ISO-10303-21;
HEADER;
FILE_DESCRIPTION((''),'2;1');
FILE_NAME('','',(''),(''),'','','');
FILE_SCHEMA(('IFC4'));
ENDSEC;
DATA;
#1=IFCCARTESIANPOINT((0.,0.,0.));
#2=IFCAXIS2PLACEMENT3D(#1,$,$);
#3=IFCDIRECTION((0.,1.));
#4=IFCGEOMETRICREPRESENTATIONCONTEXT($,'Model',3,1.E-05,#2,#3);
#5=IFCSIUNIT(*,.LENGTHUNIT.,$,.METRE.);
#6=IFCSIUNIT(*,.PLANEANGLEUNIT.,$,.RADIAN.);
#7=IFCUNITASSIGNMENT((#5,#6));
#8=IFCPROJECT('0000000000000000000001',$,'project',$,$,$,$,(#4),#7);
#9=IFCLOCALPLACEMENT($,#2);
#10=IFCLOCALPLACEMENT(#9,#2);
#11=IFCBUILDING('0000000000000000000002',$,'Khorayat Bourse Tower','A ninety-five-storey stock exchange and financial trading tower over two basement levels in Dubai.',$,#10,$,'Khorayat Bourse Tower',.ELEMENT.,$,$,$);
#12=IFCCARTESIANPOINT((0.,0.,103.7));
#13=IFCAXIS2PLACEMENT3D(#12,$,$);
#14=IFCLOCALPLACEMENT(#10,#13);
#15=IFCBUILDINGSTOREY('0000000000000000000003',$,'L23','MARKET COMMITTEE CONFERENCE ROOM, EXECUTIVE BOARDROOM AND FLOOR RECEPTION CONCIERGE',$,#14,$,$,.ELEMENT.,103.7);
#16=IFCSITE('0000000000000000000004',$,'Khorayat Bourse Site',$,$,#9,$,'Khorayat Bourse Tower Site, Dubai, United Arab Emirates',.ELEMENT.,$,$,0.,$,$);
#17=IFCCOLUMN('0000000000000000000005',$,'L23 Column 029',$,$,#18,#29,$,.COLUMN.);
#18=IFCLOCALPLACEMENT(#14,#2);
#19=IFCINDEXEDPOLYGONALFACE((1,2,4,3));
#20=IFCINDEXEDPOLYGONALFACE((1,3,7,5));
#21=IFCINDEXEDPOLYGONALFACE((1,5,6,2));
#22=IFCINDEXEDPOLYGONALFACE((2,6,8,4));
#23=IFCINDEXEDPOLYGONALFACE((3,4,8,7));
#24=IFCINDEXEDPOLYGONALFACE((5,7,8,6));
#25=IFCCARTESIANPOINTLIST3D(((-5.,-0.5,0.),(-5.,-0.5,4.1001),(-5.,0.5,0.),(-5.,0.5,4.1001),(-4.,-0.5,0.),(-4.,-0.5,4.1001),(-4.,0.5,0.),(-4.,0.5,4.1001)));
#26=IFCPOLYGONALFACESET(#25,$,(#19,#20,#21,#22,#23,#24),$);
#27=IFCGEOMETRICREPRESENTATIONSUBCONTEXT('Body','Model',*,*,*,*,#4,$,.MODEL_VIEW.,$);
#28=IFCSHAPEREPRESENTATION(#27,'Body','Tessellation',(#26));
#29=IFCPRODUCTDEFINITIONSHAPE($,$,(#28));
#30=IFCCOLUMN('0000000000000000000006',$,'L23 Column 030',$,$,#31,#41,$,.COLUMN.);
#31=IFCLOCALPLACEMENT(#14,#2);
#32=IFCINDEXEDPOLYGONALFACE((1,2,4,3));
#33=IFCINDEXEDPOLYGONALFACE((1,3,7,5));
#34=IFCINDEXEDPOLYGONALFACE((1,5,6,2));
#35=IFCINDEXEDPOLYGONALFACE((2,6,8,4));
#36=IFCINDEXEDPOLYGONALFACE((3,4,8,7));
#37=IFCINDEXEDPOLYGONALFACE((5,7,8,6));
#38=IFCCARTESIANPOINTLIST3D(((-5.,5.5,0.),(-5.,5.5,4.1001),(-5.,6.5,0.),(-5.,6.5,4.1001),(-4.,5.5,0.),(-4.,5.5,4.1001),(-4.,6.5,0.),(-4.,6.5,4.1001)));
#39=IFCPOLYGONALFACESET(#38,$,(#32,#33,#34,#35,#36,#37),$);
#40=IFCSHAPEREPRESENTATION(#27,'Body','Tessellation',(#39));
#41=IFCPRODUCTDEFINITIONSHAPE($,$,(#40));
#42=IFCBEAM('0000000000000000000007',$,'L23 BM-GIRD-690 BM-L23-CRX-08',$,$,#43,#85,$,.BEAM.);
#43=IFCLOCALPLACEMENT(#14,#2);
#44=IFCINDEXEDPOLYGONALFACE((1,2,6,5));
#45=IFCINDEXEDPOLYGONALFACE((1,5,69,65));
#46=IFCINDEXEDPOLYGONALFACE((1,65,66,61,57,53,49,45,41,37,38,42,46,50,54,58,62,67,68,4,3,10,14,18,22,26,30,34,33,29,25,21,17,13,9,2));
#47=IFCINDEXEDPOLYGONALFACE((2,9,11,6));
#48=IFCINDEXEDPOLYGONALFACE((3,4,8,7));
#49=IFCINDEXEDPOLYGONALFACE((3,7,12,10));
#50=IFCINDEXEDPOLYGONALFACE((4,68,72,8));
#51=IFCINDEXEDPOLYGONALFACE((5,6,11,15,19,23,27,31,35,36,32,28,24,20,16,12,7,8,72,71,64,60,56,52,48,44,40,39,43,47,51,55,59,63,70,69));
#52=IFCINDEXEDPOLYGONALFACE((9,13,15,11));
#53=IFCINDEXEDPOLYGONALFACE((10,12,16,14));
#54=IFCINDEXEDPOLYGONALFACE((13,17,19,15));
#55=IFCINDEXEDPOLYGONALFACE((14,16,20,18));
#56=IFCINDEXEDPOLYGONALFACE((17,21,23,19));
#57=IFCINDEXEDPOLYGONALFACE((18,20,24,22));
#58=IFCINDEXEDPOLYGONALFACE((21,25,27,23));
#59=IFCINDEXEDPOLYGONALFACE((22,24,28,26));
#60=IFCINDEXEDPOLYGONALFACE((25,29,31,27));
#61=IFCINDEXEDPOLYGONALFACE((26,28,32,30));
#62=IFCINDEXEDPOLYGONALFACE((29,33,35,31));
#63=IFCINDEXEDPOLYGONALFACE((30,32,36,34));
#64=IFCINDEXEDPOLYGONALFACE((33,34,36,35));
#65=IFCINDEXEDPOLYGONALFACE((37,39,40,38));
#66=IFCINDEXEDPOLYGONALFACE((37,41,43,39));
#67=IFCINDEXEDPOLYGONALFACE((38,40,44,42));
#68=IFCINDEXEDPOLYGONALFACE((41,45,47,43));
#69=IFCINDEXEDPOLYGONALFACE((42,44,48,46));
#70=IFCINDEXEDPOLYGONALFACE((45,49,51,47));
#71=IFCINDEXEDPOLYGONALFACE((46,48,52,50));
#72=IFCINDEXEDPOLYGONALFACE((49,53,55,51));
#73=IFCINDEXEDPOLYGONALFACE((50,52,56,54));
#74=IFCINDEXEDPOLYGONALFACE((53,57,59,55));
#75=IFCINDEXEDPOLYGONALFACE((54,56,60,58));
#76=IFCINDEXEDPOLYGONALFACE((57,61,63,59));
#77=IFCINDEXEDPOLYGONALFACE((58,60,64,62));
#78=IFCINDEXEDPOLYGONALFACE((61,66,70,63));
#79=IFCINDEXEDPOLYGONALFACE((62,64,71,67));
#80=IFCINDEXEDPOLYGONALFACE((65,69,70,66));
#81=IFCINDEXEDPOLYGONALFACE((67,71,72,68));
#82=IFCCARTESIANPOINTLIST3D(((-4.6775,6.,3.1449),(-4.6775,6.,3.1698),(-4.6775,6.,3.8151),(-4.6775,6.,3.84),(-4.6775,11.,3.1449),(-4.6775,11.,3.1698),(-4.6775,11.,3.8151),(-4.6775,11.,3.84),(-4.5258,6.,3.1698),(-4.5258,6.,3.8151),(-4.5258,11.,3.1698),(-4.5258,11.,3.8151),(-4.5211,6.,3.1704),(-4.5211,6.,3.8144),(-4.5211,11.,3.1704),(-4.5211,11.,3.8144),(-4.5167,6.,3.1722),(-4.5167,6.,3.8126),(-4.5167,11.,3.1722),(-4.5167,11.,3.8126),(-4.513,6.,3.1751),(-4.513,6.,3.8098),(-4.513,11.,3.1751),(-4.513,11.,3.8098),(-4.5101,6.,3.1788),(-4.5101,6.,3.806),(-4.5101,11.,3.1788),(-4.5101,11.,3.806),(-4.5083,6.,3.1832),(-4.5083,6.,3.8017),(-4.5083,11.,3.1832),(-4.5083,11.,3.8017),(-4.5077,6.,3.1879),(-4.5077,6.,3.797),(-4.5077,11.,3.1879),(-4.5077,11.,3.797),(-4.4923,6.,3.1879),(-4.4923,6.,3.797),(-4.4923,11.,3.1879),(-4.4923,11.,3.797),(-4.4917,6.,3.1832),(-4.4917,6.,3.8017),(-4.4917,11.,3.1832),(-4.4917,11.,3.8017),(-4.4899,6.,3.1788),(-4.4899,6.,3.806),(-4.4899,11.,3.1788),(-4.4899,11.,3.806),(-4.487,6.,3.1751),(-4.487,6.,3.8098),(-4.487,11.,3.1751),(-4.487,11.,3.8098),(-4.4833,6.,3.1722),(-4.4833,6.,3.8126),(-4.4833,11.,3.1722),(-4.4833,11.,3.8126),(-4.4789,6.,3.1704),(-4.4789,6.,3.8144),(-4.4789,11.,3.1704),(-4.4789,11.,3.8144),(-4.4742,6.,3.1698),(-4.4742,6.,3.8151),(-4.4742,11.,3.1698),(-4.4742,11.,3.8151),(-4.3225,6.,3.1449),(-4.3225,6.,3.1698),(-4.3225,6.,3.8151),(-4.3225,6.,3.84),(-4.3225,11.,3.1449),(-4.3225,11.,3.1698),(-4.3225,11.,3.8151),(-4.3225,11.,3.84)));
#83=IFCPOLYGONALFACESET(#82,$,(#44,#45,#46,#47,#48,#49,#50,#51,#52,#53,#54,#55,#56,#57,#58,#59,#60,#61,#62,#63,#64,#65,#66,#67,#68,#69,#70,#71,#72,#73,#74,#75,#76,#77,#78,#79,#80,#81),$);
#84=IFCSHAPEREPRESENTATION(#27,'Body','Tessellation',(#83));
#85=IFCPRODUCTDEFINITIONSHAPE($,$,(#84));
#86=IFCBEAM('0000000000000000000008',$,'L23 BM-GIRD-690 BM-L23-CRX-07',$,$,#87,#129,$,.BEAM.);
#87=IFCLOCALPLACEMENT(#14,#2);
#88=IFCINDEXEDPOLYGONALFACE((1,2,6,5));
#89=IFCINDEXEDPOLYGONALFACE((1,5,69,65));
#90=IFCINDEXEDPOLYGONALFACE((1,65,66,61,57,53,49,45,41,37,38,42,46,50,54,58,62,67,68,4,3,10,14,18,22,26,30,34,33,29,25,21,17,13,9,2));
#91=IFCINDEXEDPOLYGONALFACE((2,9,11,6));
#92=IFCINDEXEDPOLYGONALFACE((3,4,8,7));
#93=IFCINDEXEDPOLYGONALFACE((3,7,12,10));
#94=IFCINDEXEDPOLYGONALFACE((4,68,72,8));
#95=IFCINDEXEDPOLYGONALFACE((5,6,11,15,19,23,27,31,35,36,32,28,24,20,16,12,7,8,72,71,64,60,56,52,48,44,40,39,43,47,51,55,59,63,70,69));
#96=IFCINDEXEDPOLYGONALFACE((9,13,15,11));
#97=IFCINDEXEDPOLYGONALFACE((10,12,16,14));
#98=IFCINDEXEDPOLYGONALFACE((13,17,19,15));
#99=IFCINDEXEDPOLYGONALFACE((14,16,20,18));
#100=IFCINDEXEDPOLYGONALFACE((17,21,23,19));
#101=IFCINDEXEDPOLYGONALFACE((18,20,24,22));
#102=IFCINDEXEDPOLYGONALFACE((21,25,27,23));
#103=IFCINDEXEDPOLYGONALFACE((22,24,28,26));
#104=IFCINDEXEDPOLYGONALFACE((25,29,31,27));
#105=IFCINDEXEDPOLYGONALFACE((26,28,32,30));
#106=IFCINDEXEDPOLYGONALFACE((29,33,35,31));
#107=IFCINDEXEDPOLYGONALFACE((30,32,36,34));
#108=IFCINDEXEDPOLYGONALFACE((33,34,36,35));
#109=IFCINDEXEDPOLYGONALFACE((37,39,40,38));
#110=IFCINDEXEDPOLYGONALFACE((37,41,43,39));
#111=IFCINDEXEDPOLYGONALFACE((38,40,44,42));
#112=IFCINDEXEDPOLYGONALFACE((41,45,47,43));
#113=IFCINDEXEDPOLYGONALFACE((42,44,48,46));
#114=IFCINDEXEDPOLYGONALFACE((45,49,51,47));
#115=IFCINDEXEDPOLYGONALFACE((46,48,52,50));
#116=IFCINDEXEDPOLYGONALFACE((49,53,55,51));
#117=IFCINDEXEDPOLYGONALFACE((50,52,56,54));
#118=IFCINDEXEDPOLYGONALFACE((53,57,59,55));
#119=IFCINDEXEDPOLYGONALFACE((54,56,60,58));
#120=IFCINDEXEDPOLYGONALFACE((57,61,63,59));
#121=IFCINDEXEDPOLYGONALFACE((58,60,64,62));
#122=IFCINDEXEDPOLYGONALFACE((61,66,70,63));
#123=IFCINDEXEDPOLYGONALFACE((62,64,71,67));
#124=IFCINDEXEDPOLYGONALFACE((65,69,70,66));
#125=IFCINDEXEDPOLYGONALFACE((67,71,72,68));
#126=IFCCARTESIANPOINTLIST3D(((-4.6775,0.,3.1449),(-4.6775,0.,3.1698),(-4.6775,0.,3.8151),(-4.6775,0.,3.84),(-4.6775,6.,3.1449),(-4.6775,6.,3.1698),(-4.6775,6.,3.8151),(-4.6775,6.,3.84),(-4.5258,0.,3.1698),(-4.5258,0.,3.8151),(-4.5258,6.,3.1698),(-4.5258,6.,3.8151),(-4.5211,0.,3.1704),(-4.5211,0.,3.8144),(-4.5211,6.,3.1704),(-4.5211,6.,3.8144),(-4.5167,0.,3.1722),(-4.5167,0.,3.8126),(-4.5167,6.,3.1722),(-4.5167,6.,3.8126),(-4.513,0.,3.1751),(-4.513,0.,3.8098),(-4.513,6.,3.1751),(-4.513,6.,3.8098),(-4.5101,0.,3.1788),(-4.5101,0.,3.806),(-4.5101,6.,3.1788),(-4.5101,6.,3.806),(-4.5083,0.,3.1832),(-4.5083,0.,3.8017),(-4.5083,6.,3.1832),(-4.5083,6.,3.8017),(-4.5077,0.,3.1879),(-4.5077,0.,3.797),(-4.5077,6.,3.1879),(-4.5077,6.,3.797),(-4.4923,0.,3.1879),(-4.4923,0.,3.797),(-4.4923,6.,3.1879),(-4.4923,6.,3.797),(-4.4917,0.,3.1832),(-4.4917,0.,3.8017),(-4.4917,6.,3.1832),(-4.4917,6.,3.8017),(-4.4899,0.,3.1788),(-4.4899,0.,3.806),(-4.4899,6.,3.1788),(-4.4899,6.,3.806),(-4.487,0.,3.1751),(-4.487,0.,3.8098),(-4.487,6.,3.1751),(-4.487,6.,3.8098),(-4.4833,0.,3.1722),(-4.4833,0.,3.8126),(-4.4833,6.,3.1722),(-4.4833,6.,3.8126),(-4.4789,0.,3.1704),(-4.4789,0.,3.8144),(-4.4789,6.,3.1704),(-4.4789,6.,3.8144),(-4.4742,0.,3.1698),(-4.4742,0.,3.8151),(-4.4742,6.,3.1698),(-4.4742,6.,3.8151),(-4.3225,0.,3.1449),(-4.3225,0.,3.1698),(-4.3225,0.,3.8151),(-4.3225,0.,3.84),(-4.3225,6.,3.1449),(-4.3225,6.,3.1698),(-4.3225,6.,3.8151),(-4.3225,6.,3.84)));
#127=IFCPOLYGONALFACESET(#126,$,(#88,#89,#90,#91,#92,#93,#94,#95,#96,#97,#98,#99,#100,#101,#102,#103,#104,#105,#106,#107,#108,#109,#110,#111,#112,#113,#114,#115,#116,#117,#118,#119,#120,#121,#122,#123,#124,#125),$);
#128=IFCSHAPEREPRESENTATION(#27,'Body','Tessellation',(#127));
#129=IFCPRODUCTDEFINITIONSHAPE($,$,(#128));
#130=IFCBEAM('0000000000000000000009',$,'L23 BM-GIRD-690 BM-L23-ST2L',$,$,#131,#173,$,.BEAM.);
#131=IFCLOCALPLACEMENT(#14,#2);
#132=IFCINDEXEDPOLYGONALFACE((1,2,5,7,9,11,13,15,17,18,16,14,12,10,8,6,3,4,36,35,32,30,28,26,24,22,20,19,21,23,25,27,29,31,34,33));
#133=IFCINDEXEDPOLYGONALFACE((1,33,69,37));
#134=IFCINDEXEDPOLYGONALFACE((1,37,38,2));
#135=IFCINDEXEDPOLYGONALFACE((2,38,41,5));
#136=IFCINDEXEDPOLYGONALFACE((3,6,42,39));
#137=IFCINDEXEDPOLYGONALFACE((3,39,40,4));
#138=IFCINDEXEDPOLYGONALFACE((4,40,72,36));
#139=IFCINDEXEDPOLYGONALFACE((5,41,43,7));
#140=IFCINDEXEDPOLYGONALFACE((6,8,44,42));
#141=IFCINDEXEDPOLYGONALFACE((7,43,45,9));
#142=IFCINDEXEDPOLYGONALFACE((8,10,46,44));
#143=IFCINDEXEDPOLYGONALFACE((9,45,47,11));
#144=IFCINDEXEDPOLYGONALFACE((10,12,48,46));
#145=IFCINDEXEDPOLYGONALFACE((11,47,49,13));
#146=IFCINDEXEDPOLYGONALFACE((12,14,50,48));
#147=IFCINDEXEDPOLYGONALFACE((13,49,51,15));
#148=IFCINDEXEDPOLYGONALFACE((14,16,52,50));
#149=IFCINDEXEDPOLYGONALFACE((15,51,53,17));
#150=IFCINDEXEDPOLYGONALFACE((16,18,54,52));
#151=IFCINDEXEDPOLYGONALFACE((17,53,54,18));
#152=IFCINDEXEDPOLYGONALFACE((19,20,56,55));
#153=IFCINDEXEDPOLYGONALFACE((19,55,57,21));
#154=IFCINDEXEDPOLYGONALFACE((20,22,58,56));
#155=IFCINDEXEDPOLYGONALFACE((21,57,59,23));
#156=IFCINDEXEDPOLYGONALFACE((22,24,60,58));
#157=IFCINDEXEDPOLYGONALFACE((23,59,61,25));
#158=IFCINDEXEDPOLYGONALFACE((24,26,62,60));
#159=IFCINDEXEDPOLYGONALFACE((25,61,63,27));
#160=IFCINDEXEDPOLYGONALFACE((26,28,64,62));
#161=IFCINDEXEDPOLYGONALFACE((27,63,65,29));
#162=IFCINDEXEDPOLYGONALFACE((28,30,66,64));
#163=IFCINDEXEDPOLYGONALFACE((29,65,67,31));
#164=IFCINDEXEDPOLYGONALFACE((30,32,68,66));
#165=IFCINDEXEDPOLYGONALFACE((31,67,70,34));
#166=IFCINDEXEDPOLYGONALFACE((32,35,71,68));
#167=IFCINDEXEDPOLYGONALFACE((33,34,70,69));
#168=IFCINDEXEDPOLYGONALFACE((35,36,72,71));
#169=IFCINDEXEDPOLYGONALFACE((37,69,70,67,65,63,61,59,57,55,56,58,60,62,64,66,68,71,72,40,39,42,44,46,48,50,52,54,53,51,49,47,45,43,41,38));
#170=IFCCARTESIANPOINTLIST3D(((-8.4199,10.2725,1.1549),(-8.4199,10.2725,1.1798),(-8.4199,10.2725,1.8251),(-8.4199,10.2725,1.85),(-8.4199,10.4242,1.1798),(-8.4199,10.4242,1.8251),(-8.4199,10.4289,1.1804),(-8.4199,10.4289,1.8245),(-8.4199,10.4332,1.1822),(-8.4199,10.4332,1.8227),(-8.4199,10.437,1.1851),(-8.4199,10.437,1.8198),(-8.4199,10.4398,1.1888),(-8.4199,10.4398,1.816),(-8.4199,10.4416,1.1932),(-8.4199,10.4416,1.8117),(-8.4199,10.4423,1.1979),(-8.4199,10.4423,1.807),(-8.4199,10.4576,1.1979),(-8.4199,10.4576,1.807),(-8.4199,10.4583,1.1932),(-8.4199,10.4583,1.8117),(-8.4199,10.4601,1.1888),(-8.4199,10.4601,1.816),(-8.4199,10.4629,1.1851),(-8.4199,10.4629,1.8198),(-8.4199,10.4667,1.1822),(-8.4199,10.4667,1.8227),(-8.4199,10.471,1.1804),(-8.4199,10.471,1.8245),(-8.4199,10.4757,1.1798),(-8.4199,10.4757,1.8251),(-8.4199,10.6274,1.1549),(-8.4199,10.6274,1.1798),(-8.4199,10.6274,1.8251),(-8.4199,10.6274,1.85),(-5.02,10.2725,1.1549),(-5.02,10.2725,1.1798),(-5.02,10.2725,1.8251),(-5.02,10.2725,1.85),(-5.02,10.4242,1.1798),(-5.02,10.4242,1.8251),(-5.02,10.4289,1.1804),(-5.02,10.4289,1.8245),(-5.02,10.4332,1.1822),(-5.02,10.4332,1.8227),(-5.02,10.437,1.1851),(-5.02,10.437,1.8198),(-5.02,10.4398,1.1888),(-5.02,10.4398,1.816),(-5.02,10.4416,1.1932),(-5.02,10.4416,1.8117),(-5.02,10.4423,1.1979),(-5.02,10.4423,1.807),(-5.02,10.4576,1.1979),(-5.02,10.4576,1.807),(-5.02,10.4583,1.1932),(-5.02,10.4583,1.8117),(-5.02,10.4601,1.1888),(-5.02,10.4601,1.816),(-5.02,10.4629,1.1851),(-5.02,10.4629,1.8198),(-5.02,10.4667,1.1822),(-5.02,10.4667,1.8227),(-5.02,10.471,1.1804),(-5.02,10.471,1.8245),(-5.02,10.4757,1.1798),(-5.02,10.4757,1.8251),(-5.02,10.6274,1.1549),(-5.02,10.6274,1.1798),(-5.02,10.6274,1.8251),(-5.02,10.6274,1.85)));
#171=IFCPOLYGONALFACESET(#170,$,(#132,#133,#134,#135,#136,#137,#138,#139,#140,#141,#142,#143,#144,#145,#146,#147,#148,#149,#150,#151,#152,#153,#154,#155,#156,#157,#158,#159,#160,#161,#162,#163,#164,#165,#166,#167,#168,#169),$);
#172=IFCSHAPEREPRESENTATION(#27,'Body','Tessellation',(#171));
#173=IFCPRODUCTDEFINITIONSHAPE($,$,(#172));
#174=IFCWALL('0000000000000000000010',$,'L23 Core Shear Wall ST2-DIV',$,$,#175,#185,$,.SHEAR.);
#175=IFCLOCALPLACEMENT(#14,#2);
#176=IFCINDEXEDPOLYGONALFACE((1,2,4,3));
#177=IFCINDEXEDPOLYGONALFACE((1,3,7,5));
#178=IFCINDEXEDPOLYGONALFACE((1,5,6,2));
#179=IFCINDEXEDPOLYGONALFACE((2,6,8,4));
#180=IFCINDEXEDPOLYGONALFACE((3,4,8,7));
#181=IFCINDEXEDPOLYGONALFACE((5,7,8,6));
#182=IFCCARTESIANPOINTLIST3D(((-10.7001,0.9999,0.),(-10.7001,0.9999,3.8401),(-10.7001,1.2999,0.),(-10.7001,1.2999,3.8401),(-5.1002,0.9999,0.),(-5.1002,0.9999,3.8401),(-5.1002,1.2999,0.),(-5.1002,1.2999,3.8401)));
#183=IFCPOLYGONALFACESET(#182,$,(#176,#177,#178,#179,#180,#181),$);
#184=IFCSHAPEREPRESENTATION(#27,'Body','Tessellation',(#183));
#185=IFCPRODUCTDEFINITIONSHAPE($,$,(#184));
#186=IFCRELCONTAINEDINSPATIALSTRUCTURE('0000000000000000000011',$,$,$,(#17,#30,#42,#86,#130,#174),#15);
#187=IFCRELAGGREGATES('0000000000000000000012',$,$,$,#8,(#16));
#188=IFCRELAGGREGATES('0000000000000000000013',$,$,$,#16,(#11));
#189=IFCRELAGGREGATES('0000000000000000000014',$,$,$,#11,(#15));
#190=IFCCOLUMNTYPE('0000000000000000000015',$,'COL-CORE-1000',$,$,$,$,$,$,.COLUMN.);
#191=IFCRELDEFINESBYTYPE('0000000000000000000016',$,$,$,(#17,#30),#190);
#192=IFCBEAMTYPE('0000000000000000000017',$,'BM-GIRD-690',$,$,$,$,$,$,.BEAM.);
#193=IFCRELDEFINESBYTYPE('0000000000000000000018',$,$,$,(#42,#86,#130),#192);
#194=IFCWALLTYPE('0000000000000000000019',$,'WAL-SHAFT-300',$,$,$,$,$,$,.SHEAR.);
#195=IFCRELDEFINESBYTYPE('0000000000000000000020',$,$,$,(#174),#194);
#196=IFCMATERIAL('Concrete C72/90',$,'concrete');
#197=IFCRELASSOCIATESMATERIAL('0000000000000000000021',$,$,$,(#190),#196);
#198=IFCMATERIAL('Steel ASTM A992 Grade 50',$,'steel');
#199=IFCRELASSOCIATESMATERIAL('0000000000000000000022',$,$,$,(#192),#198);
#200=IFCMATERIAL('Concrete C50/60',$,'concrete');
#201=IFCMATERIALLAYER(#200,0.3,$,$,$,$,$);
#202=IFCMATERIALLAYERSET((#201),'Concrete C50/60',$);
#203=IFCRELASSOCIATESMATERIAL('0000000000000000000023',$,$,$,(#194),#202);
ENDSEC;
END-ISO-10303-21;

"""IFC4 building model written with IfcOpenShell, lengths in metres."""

from ifc_helpers import new_model, si_unit, direction, frame, frame_2d, origin, origin_2d, place, context, subcontext, project, spatial, rectangle, i_section, extrude, source, transform, mapped, material, layer, layer_set, material_profile, profile_set, type_object, element, save


model = new_model("IFC4")

# Units and contexts
model_context = context("Model", 3, precision=1e-05, world=origin(), true_north=direction((0.0, 1.0)))
body_context = subcontext(model_context, "Body", "Model", "MODEL_VIEW")
ifc_project = project(units=[si_unit("LENGTHUNIT", "METRE"), si_unit("PLANEANGLEUNIT", "RADIAN")], contexts=[model_context])

# Site, building, storey
site_placement = place(None, origin())
site = spatial("IfcSite", under=ifc_project, at=site_placement, Name="Khorayat Bourse Site", LongName="Khorayat Bourse Tower Site, Dubai, United Arab Emirates", CompositionType="ELEMENT", RefElevation=0.0)
building_placement = place(site_placement, origin())
building = spatial("IfcBuilding", under=site, at=building_placement, Name="Khorayat Bourse Tower", Description="A ninety-five-storey stock exchange and financial trading tower over two basement levels in Dubai.", LongName="Khorayat Bourse Tower", CompositionType="ELEMENT")
storey_placement = place(building_placement, frame((0.0, 0.0, 103.7)))
storey = spatial("IfcBuildingStorey", under=building, at=storey_placement, Name="L23", Description="MARKET COMMITTEE CONFERENCE ROOM, EXECUTIVE BOARDROOM AND FLOOR RECEPTION CONCIERGE", CompositionType="ELEMENT", Elevation=103.7)

# Columns
ifc_material_1 = material(Name="Concrete C72/90", Category="concrete")
ifc_material_profile_1 = material_profile(ifc_material_1, rectangle(XDim=1.0, YDim=1.0, at=origin_2d()), Name="RC 1000x1000")
ifc_profile_set_1 = profile_set([ifc_material_profile_1], Name="Concrete C72/90")
column_type = type_object("IfcColumnType", Name="COL-CORE-1000", PredefinedType="COLUMN", material=ifc_profile_set_1)
shared_shape_1 = source(origin(), body_context, "Body", "SweptSolid", [
    extrude(rectangle(XDim=1.0, YDim=1.0, at=origin_2d()), origin(), (0.0, 0.0, 1.0), 4.1001),
])
for number, where, z_axis, x_axis, name in (
    (1, (-4.5, 0.0, 0.0), (0.0, 0.0, 1.0), (1.0, 0.0, 0.0), "L23 Column 029"),
    (2, (-4.5, 6.0, 0.0), (0.0, 0.0, 1.0), (1.0, 0.0, 0.0), "L23 Column 030"),
):
    element("IfcColumn", number, at=place(storey_placement, frame(where, z_axis=z_axis, x_axis=x_axis)), inside=storey, type_object=column_type, Name=name, PredefinedType="COLUMN", context=body_context, shape_type="MappedRepresentation", body=[
        mapped(shared_shape_1, transform((0.0, 0.0, 0.0), scale=1.0)),
    ])

# Beams
ifc_material_2 = material(Name="Steel ASTM A992 Grade 50", Category="steel")
ifc_material_profile_2 = material_profile(ifc_material_2, i_section(OverallWidth=0.355, OverallDepth=0.6951, WebThickness=0.0154, FlangeThickness=0.0249, FilletRadius=0.0181, at=origin_2d()), Name="W690X217")
ifc_profile_set_2 = profile_set([ifc_material_profile_2], Name="Steel ASTM A992 Grade 50")
beam_type = type_object("IfcBeamType", Name="BM-GIRD-690", PredefinedType="BEAM", material=ifc_profile_set_2)
shared_shape_2 = source(origin(), body_context, "Body", "SweptSolid", [
    extrude(i_section(OverallWidth=0.355, OverallDepth=0.6951, WebThickness=0.0154, FlangeThickness=0.0249, FilletRadius=0.0181, at=origin_2d()), origin(), (0.0, 0.0, 1.0), 5.0),
])
beam_1_placement = place(storey_placement, frame((-4.5, 6.0, 3.4924), z_axis=(0.0, 1.0, 0.0), x_axis=(-1.0, 0.0, 0.0)))
element("IfcBeam", 3, at=beam_1_placement, inside=storey, type_object=beam_type, Name="L23 BM-GIRD-690 BM-L23-CRX-08", PredefinedType="BEAM", context=body_context, shape_type="MappedRepresentation", body=[
    mapped(shared_shape_2, transform((0.0, 0.0, 0.0), scale=1.0)),
])
shared_shape_3 = source(origin(), body_context, "Body", "SweptSolid", [
    extrude(i_section(OverallWidth=0.355, OverallDepth=0.6951, WebThickness=0.0154, FlangeThickness=0.0249, FilletRadius=0.0181, at=origin_2d()), origin(), (0.0, 0.0, 1.0), 6.0),
])
beam_2_placement = place(storey_placement, frame((-4.5, 0.0, 3.4924), z_axis=(0.0, 1.0, 0.0), x_axis=(-1.0, 0.0, 0.0)))
element("IfcBeam", 4, at=beam_2_placement, inside=storey, type_object=beam_type, Name="L23 BM-GIRD-690 BM-L23-CRX-07", PredefinedType="BEAM", context=body_context, shape_type="MappedRepresentation", body=[
    mapped(shared_shape_3, transform((0.0, 0.0, 0.0), scale=1.0)),
])
shared_shape_4 = source(origin(), body_context, "Body", "SweptSolid", [
    extrude(i_section(OverallWidth=0.355, OverallDepth=0.6951, WebThickness=0.0154, FlangeThickness=0.0249, FilletRadius=0.0181, at=origin_2d()), origin(), (0.0, 0.0, 1.0), 3.3999),
])
beam_3_placement = place(storey_placement, frame((-8.4199, 10.45, 1.5024), z_axis=(1.0, 0.0, 0.0), x_axis=(0.0, 1.0, 0.0)))
element("IfcBeam", 5, at=beam_3_placement, inside=storey, type_object=beam_type, Name="L23 BM-GIRD-690 BM-L23-ST2L", PredefinedType="BEAM", context=body_context, shape_type="MappedRepresentation", body=[
    mapped(shared_shape_4, transform((0.0, 0.0, 0.0), scale=1.0)),
])

# Wall
ifc_material_3 = material(Name="Concrete C50/60", Category="concrete")
ifc_layer_1 = layer(ifc_material_3, 0.3)
ifc_layer_set_1 = layer_set([ifc_layer_1], Name="Concrete C50/60")
wall_type_1 = type_object("IfcWallType", Name="WAL-SHAFT-300", PredefinedType="SHEAR", material=ifc_layer_set_1)
shared_shape_5 = source(origin(), body_context, "Body", "SweptSolid", [
    extrude(rectangle(XDim=5.5999, YDim=0.3, at=frame_2d((2.7998, 0.0))), origin(), (0.0, 0.0, 1.0), 3.8401),
])
wall_1_placement = place(storey_placement, frame((-10.7, 1.1499, 0.0), z_axis=(0.0, 0.0, 1.0), x_axis=(1.0, 0.0, 0.0)))
element("IfcWall", 6, at=wall_1_placement, inside=storey, type_object=wall_type_1, Name="L23 Core Shear Wall ST2-DIV", PredefinedType="SHEAR", context=body_context, shape_type="MappedRepresentation", body=[
    mapped(shared_shape_5, transform((0.0, 0.0, 0.0), scale=1.0)),
])

save(model, "model.ifc")
